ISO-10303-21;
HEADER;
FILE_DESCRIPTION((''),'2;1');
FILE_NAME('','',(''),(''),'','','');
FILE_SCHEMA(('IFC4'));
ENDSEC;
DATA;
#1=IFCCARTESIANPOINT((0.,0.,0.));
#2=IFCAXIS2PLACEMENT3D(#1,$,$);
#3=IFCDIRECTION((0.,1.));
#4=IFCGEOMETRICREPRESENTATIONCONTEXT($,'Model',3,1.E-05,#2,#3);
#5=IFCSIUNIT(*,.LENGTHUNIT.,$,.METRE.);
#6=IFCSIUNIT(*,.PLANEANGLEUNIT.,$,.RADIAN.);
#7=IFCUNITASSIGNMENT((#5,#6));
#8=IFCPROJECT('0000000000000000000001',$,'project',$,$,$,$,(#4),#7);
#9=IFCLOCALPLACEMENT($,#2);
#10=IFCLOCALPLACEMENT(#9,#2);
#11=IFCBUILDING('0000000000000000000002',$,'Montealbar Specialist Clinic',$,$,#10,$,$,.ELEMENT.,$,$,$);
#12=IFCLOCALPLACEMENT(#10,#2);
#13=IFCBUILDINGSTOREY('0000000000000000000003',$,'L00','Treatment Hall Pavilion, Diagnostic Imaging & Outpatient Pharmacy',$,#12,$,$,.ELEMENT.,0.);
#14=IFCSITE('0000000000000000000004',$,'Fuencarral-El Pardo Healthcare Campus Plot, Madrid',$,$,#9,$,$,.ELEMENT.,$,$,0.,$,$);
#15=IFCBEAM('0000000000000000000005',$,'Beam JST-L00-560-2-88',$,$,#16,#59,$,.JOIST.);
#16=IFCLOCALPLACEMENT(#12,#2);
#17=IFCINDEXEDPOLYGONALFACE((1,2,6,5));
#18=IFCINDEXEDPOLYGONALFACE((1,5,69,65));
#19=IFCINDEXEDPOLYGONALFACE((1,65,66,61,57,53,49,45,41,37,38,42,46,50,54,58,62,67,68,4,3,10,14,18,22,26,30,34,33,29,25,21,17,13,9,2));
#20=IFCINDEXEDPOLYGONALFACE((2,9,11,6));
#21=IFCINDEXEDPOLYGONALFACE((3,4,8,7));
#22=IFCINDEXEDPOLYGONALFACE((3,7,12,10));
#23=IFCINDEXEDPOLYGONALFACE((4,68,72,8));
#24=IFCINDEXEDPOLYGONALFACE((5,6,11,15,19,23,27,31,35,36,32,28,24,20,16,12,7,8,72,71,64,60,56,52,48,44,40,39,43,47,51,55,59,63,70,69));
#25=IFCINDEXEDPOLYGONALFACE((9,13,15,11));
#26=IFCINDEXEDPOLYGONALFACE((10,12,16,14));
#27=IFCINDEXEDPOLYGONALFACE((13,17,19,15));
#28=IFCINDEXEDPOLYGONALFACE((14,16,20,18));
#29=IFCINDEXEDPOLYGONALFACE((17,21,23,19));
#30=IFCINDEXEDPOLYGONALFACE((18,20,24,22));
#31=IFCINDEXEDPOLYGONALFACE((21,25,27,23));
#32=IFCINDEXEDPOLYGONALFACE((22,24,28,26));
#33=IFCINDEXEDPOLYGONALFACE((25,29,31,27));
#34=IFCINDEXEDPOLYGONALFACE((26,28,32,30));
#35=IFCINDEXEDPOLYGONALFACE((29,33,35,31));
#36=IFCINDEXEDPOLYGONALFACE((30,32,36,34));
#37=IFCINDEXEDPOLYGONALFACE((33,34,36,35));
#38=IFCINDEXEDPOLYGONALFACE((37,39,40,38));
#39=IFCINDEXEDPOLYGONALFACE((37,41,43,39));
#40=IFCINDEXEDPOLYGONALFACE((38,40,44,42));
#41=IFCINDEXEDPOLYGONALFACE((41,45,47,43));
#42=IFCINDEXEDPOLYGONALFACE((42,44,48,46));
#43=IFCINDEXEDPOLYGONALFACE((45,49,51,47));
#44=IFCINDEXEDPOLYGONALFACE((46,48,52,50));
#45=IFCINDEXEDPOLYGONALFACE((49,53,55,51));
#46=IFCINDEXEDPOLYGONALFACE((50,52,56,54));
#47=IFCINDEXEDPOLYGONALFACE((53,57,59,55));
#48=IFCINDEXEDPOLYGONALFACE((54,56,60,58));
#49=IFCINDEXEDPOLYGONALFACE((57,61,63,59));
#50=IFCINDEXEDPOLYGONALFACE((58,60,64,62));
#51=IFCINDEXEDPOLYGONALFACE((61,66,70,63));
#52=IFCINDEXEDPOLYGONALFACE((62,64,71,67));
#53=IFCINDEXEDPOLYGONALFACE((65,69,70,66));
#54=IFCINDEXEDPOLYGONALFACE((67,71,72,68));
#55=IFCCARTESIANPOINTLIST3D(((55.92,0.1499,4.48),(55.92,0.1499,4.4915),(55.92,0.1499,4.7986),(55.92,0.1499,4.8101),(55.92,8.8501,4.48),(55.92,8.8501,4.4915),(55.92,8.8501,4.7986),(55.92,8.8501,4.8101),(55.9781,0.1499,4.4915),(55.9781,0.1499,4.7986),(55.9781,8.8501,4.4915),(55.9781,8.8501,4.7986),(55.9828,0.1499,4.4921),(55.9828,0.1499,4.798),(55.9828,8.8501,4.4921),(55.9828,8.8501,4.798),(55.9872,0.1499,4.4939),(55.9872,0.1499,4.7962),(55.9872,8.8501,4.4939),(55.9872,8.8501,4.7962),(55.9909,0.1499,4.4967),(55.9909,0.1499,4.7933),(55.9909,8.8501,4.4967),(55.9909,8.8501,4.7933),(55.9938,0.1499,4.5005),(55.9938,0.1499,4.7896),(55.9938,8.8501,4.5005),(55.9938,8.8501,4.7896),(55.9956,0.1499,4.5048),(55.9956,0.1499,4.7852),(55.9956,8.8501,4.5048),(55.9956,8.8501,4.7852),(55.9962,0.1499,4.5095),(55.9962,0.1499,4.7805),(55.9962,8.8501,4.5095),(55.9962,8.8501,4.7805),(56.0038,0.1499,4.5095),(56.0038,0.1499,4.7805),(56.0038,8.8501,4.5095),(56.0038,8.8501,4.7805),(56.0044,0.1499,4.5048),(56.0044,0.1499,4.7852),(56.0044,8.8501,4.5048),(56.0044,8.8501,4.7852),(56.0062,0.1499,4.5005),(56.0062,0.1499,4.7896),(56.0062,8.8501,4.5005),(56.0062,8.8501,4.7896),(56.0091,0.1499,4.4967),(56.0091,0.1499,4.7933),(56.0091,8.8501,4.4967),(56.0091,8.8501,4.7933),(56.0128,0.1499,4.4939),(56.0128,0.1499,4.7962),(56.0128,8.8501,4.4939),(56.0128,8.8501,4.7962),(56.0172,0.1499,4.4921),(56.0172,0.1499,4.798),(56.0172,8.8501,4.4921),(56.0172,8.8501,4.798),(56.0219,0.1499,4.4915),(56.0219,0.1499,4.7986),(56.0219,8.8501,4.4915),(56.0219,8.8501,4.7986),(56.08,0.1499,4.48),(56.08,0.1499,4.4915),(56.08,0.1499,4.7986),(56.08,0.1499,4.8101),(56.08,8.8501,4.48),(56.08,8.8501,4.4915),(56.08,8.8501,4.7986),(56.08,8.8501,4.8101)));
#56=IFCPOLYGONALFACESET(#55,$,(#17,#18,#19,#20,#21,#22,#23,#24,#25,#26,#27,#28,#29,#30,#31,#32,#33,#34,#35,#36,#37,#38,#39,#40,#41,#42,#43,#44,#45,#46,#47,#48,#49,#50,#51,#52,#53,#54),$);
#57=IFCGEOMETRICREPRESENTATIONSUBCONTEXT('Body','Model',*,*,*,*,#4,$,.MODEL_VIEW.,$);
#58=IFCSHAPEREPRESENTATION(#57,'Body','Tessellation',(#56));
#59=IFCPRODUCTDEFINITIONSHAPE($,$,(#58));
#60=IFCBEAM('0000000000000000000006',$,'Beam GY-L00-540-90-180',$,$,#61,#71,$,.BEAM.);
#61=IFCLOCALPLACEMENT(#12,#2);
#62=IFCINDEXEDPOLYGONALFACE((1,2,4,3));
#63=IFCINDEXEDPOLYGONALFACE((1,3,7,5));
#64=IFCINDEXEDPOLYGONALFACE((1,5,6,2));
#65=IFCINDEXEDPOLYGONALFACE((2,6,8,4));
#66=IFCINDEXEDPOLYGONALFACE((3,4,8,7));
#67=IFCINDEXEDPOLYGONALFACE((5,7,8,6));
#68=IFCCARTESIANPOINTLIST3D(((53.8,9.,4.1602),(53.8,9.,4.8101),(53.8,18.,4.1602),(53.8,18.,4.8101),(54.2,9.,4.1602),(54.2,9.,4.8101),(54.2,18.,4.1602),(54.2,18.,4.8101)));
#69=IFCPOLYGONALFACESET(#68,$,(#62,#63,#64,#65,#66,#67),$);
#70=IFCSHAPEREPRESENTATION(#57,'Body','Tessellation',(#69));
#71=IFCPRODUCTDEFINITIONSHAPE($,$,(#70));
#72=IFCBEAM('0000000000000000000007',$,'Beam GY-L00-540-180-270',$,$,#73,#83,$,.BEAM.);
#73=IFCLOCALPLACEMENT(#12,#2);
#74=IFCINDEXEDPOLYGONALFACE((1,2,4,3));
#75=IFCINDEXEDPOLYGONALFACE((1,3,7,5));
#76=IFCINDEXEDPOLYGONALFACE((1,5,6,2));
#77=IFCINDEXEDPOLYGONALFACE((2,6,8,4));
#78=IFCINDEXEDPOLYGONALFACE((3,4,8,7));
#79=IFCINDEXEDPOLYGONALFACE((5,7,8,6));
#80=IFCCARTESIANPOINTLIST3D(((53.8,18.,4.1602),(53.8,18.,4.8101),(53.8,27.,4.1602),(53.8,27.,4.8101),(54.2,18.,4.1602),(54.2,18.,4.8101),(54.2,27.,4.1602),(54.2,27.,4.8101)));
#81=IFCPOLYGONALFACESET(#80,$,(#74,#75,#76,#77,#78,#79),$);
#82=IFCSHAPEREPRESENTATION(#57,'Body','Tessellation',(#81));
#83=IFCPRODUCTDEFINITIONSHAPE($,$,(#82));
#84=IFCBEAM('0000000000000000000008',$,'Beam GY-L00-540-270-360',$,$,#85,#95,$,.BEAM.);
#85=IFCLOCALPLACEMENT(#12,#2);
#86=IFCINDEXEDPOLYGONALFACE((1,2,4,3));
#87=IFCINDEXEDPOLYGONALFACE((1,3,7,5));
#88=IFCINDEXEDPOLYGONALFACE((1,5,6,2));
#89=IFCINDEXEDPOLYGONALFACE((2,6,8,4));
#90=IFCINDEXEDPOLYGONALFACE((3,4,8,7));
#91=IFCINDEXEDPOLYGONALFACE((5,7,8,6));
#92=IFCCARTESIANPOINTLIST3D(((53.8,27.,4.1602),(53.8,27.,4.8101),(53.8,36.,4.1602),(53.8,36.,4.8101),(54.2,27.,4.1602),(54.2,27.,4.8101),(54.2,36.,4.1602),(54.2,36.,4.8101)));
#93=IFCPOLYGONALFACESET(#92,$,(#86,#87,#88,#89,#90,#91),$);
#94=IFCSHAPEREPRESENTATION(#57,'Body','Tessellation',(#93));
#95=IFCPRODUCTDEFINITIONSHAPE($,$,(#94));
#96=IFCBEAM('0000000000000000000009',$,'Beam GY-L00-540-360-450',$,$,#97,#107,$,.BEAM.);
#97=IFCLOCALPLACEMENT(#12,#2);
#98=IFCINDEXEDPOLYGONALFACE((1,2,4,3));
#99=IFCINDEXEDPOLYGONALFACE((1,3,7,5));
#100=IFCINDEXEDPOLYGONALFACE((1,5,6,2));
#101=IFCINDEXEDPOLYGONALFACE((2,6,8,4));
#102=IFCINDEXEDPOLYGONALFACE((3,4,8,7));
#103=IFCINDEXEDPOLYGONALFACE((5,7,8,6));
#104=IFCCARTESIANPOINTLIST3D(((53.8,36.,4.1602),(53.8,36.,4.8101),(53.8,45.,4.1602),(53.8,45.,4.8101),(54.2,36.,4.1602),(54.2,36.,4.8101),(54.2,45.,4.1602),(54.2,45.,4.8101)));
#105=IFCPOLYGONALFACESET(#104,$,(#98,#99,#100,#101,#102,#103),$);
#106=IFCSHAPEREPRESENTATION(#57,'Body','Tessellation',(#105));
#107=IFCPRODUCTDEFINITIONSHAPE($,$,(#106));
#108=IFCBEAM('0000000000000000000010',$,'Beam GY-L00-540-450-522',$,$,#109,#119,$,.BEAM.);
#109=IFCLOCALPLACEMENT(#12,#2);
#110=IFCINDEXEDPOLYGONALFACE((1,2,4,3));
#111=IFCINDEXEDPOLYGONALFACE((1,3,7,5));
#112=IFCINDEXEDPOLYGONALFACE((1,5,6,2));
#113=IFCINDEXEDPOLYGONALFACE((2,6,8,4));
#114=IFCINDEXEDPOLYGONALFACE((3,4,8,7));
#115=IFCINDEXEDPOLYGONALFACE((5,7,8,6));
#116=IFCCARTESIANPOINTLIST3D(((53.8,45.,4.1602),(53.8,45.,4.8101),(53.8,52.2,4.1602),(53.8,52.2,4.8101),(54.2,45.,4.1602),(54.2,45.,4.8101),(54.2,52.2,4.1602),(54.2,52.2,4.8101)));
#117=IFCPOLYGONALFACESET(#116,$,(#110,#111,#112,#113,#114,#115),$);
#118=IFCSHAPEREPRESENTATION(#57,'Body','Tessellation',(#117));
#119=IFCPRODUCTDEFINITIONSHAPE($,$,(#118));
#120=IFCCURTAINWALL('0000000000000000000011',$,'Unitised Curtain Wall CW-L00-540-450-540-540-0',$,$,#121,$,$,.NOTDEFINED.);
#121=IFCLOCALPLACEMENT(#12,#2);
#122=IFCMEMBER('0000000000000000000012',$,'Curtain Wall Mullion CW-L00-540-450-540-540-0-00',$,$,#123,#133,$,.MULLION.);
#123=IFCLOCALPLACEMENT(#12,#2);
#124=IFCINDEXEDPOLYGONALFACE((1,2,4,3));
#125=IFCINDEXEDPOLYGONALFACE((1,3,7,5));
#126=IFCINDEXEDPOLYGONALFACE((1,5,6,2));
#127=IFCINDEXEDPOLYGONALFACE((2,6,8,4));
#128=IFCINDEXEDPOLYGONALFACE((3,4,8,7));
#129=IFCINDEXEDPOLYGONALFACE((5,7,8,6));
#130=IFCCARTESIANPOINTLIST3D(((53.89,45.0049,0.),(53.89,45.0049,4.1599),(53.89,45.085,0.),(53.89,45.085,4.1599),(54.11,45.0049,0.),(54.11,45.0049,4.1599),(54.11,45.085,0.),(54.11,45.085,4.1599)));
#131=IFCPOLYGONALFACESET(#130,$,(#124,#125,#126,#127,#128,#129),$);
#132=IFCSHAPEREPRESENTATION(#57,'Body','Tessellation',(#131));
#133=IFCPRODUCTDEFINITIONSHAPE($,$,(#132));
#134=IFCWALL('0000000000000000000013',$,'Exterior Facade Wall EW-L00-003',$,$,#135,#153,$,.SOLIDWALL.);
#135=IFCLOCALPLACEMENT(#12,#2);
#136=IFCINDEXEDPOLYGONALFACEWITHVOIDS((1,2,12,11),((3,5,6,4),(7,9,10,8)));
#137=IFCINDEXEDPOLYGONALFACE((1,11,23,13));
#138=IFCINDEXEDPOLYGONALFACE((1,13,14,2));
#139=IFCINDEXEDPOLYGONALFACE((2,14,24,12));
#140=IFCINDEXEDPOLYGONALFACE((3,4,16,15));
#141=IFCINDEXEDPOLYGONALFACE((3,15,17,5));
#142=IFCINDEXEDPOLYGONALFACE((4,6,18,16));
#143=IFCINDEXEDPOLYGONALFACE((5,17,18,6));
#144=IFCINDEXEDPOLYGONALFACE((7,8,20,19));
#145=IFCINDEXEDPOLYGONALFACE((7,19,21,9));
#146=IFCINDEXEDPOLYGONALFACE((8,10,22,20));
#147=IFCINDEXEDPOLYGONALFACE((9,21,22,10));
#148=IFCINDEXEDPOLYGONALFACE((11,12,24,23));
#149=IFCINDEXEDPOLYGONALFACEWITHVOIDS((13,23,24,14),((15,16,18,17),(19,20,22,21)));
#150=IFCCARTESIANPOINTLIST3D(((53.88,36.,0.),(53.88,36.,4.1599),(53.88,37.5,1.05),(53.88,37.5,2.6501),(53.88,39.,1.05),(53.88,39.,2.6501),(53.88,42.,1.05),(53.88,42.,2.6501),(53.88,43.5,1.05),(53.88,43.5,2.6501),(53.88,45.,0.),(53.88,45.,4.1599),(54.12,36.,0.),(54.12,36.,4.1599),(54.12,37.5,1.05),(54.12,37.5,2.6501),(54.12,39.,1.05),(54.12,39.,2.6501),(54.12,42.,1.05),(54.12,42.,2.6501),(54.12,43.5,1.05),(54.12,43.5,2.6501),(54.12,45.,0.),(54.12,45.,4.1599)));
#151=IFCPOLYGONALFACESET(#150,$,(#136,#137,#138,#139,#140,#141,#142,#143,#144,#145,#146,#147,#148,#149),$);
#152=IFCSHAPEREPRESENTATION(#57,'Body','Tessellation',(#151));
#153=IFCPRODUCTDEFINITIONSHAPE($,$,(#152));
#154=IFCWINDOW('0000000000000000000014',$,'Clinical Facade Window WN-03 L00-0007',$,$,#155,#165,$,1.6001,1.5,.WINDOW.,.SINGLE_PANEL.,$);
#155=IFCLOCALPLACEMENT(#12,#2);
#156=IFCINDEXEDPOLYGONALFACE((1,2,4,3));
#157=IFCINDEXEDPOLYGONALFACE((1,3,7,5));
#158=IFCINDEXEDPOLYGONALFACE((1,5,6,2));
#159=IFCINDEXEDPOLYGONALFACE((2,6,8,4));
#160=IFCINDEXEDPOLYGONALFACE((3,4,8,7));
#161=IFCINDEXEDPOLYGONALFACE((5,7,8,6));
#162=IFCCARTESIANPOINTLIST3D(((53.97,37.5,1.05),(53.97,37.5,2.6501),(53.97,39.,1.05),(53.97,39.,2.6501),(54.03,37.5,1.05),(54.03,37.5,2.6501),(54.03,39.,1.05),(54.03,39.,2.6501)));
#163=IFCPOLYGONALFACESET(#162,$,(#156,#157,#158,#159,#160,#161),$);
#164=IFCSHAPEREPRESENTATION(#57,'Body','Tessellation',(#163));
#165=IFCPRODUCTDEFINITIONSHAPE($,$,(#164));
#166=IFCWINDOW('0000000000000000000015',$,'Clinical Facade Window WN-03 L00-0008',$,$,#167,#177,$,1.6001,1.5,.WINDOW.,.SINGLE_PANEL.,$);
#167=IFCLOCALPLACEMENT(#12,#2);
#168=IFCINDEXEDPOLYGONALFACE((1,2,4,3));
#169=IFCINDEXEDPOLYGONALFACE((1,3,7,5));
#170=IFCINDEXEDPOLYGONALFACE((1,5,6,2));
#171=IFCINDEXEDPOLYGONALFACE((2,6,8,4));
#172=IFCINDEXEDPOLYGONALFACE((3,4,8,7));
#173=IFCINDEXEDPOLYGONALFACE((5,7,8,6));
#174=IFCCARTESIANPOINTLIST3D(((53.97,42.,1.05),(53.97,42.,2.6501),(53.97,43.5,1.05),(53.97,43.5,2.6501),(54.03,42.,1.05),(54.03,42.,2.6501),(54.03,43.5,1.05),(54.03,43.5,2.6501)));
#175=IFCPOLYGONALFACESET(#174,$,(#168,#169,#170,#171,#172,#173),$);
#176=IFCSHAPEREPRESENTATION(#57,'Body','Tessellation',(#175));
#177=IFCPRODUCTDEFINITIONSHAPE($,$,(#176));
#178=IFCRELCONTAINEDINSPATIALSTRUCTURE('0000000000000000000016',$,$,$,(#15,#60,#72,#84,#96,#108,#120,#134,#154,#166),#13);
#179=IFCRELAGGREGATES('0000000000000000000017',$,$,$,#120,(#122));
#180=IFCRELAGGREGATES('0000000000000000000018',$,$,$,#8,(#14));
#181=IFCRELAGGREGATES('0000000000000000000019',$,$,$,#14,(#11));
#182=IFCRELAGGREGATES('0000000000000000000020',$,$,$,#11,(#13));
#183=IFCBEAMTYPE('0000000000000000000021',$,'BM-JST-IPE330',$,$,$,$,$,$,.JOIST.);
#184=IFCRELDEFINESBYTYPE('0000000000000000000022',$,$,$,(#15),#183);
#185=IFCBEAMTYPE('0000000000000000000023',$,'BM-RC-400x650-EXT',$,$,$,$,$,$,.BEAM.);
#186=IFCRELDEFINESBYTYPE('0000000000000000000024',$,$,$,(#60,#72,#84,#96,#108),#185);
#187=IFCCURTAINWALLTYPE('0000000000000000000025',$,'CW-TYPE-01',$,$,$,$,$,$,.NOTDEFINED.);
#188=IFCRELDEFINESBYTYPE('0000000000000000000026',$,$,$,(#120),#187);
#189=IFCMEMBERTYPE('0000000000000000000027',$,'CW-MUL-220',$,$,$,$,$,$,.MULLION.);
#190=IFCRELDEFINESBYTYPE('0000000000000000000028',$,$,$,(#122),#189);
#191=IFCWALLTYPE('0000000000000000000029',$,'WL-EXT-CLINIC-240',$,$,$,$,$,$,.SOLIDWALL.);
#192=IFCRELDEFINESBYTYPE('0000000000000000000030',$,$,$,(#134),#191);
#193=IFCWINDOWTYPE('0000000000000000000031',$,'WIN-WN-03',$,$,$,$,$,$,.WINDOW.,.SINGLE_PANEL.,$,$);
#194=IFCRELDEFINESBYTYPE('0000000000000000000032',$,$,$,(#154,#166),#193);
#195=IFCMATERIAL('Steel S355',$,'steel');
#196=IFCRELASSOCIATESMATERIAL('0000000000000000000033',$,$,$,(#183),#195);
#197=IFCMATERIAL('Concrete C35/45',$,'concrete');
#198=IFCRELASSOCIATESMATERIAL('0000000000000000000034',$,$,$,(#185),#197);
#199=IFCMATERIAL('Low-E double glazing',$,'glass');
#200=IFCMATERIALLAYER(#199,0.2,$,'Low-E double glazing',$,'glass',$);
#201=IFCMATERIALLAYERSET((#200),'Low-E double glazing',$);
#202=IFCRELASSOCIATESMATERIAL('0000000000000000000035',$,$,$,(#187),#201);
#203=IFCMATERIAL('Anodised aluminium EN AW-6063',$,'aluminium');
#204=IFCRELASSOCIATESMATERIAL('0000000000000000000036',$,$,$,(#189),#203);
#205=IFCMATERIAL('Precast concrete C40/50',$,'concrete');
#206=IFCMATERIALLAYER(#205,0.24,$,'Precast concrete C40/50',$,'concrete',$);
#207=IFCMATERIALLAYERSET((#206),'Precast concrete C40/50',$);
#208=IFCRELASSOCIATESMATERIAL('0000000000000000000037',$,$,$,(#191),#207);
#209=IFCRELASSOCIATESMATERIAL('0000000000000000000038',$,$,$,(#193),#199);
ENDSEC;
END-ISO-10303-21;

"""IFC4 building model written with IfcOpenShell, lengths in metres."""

from ifc_helpers import new_model, si_unit, direction, frame, frame_2d, origin, origin_2d, place, context, subcontext, project, spatial, rectangle, i_section, extrude, material, layer, layer_set, material_profile, profile_set, type_object, element, fill, aggregate, save


model = new_model("IFC4")

# Units and contexts
model_context = context("Model", 3, precision=1e-05, world=origin(), true_north=direction((0.0, 1.0)))
body_context = subcontext(model_context, "Body", "Model", "MODEL_VIEW")
ifc_project = project(units=[si_unit("LENGTHUNIT", "METRE"), si_unit("PLANEANGLEUNIT", "RADIAN")], contexts=[model_context])

# Site, building, storey
site_placement = place(None, origin())
site = spatial("IfcSite", under=ifc_project, at=site_placement, Name="Fuencarral-El Pardo Healthcare Campus Plot, Madrid", CompositionType="ELEMENT", RefElevation=0.0)
building_placement = place(site_placement, origin())
building = spatial("IfcBuilding", under=site, at=building_placement, Name="Montealbar Specialist Clinic", CompositionType="ELEMENT")
storey_placement = place(building_placement, origin())
storey = spatial("IfcBuildingStorey", under=building, at=storey_placement, Name="L00", Description="Treatment Hall Pavilion, Diagnostic Imaging & Outpatient Pharmacy", CompositionType="ELEMENT", Elevation=0.0)

# Shared definitions
ifc_material_1 = material(Name="Steel S355", Category="steel")

# Beams
ifc_material_profile_1 = material_profile(ifc_material_1, i_section(OverallWidth=0.1599, OverallDepth=0.3301, WebThickness=0.0076, FlangeThickness=0.0115, FilletRadius=0.0181, at=origin_2d()), Name="IPE 330", Category="steel")
ifc_profile_set_1 = profile_set([ifc_material_profile_1], Name="Steel S355")
beam_type_1 = type_object("IfcBeamType", Name="BM-JST-IPE330", PredefinedType="JOIST", material=ifc_profile_set_1)
beam_1_placement = place(storey_placement, frame((56.0, 0.1499, 4.645), z_axis=(0.0, 1.0, 0.0), x_axis=(-1.0, 0.0, 0.0)))
element("IfcBeam", 1, at=beam_1_placement, inside=storey, type_object=beam_type_1, Name="Beam JST-L00-560-2-88", PredefinedType="JOIST", context=body_context, shape_type="SweptSolid", body=[
    extrude(i_section(OverallWidth=0.1599, OverallDepth=0.3301, WebThickness=0.0076, FlangeThickness=0.0115, FilletRadius=0.0181, at=origin_2d()), origin(), (0.0, 0.0, 1.0), 8.7002),
])
ifc_material_2 = material(Name="Concrete C35/45", Category="concrete")
ifc_material_profile_2 = material_profile(ifc_material_2, rectangle(XDim=0.3999, YDim=0.6499, at=origin_2d()), Name="RC 400x650", Category="concrete")
ifc_profile_set_2 = profile_set([ifc_material_profile_2], Name="Concrete C35/45")
beam_type_2 = type_object("IfcBeamType", Name="BM-RC-400x650-EXT", PredefinedType="BEAM", material=ifc_profile_set_2)
for number, where, z_axis, x_axis, name in (
    (2, (54.0, 9.0, 4.4851), (0.0, 1.0, 0.0), (-1.0, 0.0, 0.0), "Beam GY-L00-540-90-180"),
    (3, (54.0, 18.0, 4.4851), (0.0, 1.0, 0.0), (-1.0, 0.0, 0.0), "Beam GY-L00-540-180-270"),
    (4, (54.0, 27.0, 4.4851), (0.0, 1.0, 0.0), (-1.0, 0.0, 0.0), "Beam GY-L00-540-270-360"),
    (5, (54.0, 36.0, 4.4851), (0.0, 1.0, 0.0), (-1.0, 0.0, 0.0), "Beam GY-L00-540-360-450"),
):
    element("IfcBeam", number, at=place(storey_placement, frame(where, z_axis=z_axis, x_axis=x_axis)), inside=storey, type_object=beam_type_2, Name=name, PredefinedType="BEAM", context=body_context, shape_type="SweptSolid", body=[
        extrude(rectangle(XDim=0.3999, YDim=0.6499, at=origin_2d()), origin(), (0.0, 0.0, 1.0), 9.0),
    ])
beam_2_placement = place(storey_placement, frame((54.0, 45.0, 4.4851), z_axis=(0.0, 1.0, 0.0), x_axis=(-1.0, 0.0, 0.0)))
element("IfcBeam", 6, at=beam_2_placement, inside=storey, type_object=beam_type_2, Name="Beam GY-L00-540-450-522", PredefinedType="BEAM", context=body_context, shape_type="SweptSolid", body=[
    extrude(rectangle(XDim=0.3999, YDim=0.6499, at=origin_2d()), origin(), (0.0, 0.0, 1.0), 7.2),
])

# Curtain wall, member
ifc_material_3 = material(Name="Low-E double glazing", Category="glass")
ifc_layer_1 = layer(ifc_material_3, 0.2, Name="Low-E double glazing", Category="glass")
ifc_layer_set_1 = layer_set([ifc_layer_1], Name="Low-E double glazing")
curtain_wall_type = type_object("IfcCurtainWallType", Name="CW-TYPE-01", PredefinedType="NOTDEFINED", material=ifc_layer_set_1)
curtain_wall_placement = place(storey_placement, origin())
curtain_wall = element("IfcCurtainWall", 7, at=curtain_wall_placement, inside=storey, type_object=curtain_wall_type, Name="Unitised Curtain Wall CW-L00-540-450-540-540-0", PredefinedType="NOTDEFINED")
ifc_material_4 = material(Name="Anodised aluminium EN AW-6063", Category="aluminium")
ifc_material_profile_3 = material_profile(ifc_material_4, rectangle(XDim=0.0801, YDim=0.22, at=origin_2d()), Name="ALU 80x220", Category="aluminium")
ifc_profile_set_3 = profile_set([ifc_material_profile_3], Name="Anodised aluminium EN AW-6063")
member_type = type_object("IfcMemberType", Name="CW-MUL-220", PredefinedType="MULLION", material=ifc_profile_set_3)
member_placement = place(storey_placement, frame((54.0, 45.0449, 0.0), z_axis=(0.0, 0.0, 1.0), x_axis=(0.0, 1.0, 0.0)))
member = element("IfcMember", 8, at=member_placement, type_object=member_type, Name="Curtain Wall Mullion CW-L00-540-450-540-540-0-00", PredefinedType="MULLION", context=body_context, shape_type="SweptSolid", body=[
    extrude(rectangle(XDim=0.0801, YDim=0.22, at=origin_2d()), origin(), (0.0, 0.0, 1.0), 4.1599),
])
aggregate(curtain_wall, [member])

# Wall, openings, windows
ifc_material_5 = material(Name="Precast concrete C40/50", Category="concrete")
ifc_layer_2 = layer(ifc_material_5, 0.24, Name="Precast concrete C40/50", Category="concrete")
ifc_layer_set_2 = layer_set([ifc_layer_2], Name="Precast concrete C40/50")
wall_type_1 = type_object("IfcWallType", Name="WL-EXT-CLINIC-240", PredefinedType="SOLIDWALL", material=ifc_layer_set_2)
wall_1_placement = place(storey_placement, frame((54.0, 36.0, 0.0), z_axis=(0.0, 0.0, 1.0), x_axis=(0.0, 1.0, 0.0)))
wall_1 = element("IfcWall", 9, at=wall_1_placement, inside=storey, type_object=wall_type_1, Name="Exterior Facade Wall EW-L00-003", PredefinedType="SOLIDWALL", context=body_context, shape_type="SweptSolid", body=[
    extrude(rectangle(XDim=9.0, YDim=0.24, at=frame_2d((4.5, 0.0))), origin(), (0.0, 0.0, 1.0), 4.1599),
])
opening_1_placement = place(wall_1_placement, frame((1.5, 0.0, 1.05)))
opening_1 = element("IfcOpeningElement", 10, at=opening_1_placement, cuts=wall_1, PredefinedType="OPENING", context=body_context, shape_type="SweptSolid", body=[
    extrude(rectangle(XDim=1.5, YDim=1.6001, at=frame_2d((0.75, 0.8))), frame((0.0, 0.1299, 0.0), z_axis=(0.0, -1.0, 0.0), x_axis=(1.0, 0.0, 0.0)), (0.0, 0.0, 1.0), 0.26),
])
opening_2_placement = place(wall_1_placement, frame((6.0, 0.0, 1.05)))
opening_2 = element("IfcOpeningElement", 11, at=opening_2_placement, cuts=wall_1, PredefinedType="OPENING", context=body_context, shape_type="SweptSolid", body=[
    extrude(rectangle(XDim=1.5, YDim=1.6001, at=frame_2d((0.75, 0.8))), frame((0.0, 0.1299, 0.0), z_axis=(0.0, -1.0, 0.0), x_axis=(1.0, 0.0, 0.0)), (0.0, 0.0, 1.0), 0.26),
])
window_type_1 = type_object("IfcWindowType", Name="WIN-WN-03", PartitioningType="SINGLE_PANEL", PredefinedType="WINDOW", material=ifc_material_3)
window_1_placement = place(opening_1_placement, origin())
window_1 = element("IfcWindow", 12, at=window_1_placement, inside=storey, type_object=window_type_1, Name="Clinical Facade Window WN-03 L00-0007", OverallHeight=1.6001, OverallWidth=1.5, PartitioningType="SINGLE_PANEL", PredefinedType="WINDOW", context=body_context, shape_type="SweptSolid", body=[
    extrude(rectangle(XDim=1.5, YDim=1.6001, at=frame_2d((0.75, 0.8))), frame((0.0, 0.03, 0.0), z_axis=(0.0, -1.0, 0.0), x_axis=(1.0, 0.0, 0.0)), (0.0, 0.0, 1.0), 0.0601),
])
fill(opening_1, window_1)
window_2_placement = place(opening_2_placement, origin())
window_2 = element("IfcWindow", 13, at=window_2_placement, inside=storey, type_object=window_type_1, Name="Clinical Facade Window WN-03 L00-0008", OverallHeight=1.6001, OverallWidth=1.5, PartitioningType="SINGLE_PANEL", PredefinedType="WINDOW", context=body_context, shape_type="SweptSolid", body=[
    extrude(rectangle(XDim=1.5, YDim=1.6001, at=frame_2d((0.75, 0.8))), frame((0.0, 0.03, 0.0), z_axis=(0.0, -1.0, 0.0), x_axis=(1.0, 0.0, 0.0)), (0.0, 0.0, 1.0), 0.0601),
])
fill(opening_2, window_2)

save(model, "model.ifc")
